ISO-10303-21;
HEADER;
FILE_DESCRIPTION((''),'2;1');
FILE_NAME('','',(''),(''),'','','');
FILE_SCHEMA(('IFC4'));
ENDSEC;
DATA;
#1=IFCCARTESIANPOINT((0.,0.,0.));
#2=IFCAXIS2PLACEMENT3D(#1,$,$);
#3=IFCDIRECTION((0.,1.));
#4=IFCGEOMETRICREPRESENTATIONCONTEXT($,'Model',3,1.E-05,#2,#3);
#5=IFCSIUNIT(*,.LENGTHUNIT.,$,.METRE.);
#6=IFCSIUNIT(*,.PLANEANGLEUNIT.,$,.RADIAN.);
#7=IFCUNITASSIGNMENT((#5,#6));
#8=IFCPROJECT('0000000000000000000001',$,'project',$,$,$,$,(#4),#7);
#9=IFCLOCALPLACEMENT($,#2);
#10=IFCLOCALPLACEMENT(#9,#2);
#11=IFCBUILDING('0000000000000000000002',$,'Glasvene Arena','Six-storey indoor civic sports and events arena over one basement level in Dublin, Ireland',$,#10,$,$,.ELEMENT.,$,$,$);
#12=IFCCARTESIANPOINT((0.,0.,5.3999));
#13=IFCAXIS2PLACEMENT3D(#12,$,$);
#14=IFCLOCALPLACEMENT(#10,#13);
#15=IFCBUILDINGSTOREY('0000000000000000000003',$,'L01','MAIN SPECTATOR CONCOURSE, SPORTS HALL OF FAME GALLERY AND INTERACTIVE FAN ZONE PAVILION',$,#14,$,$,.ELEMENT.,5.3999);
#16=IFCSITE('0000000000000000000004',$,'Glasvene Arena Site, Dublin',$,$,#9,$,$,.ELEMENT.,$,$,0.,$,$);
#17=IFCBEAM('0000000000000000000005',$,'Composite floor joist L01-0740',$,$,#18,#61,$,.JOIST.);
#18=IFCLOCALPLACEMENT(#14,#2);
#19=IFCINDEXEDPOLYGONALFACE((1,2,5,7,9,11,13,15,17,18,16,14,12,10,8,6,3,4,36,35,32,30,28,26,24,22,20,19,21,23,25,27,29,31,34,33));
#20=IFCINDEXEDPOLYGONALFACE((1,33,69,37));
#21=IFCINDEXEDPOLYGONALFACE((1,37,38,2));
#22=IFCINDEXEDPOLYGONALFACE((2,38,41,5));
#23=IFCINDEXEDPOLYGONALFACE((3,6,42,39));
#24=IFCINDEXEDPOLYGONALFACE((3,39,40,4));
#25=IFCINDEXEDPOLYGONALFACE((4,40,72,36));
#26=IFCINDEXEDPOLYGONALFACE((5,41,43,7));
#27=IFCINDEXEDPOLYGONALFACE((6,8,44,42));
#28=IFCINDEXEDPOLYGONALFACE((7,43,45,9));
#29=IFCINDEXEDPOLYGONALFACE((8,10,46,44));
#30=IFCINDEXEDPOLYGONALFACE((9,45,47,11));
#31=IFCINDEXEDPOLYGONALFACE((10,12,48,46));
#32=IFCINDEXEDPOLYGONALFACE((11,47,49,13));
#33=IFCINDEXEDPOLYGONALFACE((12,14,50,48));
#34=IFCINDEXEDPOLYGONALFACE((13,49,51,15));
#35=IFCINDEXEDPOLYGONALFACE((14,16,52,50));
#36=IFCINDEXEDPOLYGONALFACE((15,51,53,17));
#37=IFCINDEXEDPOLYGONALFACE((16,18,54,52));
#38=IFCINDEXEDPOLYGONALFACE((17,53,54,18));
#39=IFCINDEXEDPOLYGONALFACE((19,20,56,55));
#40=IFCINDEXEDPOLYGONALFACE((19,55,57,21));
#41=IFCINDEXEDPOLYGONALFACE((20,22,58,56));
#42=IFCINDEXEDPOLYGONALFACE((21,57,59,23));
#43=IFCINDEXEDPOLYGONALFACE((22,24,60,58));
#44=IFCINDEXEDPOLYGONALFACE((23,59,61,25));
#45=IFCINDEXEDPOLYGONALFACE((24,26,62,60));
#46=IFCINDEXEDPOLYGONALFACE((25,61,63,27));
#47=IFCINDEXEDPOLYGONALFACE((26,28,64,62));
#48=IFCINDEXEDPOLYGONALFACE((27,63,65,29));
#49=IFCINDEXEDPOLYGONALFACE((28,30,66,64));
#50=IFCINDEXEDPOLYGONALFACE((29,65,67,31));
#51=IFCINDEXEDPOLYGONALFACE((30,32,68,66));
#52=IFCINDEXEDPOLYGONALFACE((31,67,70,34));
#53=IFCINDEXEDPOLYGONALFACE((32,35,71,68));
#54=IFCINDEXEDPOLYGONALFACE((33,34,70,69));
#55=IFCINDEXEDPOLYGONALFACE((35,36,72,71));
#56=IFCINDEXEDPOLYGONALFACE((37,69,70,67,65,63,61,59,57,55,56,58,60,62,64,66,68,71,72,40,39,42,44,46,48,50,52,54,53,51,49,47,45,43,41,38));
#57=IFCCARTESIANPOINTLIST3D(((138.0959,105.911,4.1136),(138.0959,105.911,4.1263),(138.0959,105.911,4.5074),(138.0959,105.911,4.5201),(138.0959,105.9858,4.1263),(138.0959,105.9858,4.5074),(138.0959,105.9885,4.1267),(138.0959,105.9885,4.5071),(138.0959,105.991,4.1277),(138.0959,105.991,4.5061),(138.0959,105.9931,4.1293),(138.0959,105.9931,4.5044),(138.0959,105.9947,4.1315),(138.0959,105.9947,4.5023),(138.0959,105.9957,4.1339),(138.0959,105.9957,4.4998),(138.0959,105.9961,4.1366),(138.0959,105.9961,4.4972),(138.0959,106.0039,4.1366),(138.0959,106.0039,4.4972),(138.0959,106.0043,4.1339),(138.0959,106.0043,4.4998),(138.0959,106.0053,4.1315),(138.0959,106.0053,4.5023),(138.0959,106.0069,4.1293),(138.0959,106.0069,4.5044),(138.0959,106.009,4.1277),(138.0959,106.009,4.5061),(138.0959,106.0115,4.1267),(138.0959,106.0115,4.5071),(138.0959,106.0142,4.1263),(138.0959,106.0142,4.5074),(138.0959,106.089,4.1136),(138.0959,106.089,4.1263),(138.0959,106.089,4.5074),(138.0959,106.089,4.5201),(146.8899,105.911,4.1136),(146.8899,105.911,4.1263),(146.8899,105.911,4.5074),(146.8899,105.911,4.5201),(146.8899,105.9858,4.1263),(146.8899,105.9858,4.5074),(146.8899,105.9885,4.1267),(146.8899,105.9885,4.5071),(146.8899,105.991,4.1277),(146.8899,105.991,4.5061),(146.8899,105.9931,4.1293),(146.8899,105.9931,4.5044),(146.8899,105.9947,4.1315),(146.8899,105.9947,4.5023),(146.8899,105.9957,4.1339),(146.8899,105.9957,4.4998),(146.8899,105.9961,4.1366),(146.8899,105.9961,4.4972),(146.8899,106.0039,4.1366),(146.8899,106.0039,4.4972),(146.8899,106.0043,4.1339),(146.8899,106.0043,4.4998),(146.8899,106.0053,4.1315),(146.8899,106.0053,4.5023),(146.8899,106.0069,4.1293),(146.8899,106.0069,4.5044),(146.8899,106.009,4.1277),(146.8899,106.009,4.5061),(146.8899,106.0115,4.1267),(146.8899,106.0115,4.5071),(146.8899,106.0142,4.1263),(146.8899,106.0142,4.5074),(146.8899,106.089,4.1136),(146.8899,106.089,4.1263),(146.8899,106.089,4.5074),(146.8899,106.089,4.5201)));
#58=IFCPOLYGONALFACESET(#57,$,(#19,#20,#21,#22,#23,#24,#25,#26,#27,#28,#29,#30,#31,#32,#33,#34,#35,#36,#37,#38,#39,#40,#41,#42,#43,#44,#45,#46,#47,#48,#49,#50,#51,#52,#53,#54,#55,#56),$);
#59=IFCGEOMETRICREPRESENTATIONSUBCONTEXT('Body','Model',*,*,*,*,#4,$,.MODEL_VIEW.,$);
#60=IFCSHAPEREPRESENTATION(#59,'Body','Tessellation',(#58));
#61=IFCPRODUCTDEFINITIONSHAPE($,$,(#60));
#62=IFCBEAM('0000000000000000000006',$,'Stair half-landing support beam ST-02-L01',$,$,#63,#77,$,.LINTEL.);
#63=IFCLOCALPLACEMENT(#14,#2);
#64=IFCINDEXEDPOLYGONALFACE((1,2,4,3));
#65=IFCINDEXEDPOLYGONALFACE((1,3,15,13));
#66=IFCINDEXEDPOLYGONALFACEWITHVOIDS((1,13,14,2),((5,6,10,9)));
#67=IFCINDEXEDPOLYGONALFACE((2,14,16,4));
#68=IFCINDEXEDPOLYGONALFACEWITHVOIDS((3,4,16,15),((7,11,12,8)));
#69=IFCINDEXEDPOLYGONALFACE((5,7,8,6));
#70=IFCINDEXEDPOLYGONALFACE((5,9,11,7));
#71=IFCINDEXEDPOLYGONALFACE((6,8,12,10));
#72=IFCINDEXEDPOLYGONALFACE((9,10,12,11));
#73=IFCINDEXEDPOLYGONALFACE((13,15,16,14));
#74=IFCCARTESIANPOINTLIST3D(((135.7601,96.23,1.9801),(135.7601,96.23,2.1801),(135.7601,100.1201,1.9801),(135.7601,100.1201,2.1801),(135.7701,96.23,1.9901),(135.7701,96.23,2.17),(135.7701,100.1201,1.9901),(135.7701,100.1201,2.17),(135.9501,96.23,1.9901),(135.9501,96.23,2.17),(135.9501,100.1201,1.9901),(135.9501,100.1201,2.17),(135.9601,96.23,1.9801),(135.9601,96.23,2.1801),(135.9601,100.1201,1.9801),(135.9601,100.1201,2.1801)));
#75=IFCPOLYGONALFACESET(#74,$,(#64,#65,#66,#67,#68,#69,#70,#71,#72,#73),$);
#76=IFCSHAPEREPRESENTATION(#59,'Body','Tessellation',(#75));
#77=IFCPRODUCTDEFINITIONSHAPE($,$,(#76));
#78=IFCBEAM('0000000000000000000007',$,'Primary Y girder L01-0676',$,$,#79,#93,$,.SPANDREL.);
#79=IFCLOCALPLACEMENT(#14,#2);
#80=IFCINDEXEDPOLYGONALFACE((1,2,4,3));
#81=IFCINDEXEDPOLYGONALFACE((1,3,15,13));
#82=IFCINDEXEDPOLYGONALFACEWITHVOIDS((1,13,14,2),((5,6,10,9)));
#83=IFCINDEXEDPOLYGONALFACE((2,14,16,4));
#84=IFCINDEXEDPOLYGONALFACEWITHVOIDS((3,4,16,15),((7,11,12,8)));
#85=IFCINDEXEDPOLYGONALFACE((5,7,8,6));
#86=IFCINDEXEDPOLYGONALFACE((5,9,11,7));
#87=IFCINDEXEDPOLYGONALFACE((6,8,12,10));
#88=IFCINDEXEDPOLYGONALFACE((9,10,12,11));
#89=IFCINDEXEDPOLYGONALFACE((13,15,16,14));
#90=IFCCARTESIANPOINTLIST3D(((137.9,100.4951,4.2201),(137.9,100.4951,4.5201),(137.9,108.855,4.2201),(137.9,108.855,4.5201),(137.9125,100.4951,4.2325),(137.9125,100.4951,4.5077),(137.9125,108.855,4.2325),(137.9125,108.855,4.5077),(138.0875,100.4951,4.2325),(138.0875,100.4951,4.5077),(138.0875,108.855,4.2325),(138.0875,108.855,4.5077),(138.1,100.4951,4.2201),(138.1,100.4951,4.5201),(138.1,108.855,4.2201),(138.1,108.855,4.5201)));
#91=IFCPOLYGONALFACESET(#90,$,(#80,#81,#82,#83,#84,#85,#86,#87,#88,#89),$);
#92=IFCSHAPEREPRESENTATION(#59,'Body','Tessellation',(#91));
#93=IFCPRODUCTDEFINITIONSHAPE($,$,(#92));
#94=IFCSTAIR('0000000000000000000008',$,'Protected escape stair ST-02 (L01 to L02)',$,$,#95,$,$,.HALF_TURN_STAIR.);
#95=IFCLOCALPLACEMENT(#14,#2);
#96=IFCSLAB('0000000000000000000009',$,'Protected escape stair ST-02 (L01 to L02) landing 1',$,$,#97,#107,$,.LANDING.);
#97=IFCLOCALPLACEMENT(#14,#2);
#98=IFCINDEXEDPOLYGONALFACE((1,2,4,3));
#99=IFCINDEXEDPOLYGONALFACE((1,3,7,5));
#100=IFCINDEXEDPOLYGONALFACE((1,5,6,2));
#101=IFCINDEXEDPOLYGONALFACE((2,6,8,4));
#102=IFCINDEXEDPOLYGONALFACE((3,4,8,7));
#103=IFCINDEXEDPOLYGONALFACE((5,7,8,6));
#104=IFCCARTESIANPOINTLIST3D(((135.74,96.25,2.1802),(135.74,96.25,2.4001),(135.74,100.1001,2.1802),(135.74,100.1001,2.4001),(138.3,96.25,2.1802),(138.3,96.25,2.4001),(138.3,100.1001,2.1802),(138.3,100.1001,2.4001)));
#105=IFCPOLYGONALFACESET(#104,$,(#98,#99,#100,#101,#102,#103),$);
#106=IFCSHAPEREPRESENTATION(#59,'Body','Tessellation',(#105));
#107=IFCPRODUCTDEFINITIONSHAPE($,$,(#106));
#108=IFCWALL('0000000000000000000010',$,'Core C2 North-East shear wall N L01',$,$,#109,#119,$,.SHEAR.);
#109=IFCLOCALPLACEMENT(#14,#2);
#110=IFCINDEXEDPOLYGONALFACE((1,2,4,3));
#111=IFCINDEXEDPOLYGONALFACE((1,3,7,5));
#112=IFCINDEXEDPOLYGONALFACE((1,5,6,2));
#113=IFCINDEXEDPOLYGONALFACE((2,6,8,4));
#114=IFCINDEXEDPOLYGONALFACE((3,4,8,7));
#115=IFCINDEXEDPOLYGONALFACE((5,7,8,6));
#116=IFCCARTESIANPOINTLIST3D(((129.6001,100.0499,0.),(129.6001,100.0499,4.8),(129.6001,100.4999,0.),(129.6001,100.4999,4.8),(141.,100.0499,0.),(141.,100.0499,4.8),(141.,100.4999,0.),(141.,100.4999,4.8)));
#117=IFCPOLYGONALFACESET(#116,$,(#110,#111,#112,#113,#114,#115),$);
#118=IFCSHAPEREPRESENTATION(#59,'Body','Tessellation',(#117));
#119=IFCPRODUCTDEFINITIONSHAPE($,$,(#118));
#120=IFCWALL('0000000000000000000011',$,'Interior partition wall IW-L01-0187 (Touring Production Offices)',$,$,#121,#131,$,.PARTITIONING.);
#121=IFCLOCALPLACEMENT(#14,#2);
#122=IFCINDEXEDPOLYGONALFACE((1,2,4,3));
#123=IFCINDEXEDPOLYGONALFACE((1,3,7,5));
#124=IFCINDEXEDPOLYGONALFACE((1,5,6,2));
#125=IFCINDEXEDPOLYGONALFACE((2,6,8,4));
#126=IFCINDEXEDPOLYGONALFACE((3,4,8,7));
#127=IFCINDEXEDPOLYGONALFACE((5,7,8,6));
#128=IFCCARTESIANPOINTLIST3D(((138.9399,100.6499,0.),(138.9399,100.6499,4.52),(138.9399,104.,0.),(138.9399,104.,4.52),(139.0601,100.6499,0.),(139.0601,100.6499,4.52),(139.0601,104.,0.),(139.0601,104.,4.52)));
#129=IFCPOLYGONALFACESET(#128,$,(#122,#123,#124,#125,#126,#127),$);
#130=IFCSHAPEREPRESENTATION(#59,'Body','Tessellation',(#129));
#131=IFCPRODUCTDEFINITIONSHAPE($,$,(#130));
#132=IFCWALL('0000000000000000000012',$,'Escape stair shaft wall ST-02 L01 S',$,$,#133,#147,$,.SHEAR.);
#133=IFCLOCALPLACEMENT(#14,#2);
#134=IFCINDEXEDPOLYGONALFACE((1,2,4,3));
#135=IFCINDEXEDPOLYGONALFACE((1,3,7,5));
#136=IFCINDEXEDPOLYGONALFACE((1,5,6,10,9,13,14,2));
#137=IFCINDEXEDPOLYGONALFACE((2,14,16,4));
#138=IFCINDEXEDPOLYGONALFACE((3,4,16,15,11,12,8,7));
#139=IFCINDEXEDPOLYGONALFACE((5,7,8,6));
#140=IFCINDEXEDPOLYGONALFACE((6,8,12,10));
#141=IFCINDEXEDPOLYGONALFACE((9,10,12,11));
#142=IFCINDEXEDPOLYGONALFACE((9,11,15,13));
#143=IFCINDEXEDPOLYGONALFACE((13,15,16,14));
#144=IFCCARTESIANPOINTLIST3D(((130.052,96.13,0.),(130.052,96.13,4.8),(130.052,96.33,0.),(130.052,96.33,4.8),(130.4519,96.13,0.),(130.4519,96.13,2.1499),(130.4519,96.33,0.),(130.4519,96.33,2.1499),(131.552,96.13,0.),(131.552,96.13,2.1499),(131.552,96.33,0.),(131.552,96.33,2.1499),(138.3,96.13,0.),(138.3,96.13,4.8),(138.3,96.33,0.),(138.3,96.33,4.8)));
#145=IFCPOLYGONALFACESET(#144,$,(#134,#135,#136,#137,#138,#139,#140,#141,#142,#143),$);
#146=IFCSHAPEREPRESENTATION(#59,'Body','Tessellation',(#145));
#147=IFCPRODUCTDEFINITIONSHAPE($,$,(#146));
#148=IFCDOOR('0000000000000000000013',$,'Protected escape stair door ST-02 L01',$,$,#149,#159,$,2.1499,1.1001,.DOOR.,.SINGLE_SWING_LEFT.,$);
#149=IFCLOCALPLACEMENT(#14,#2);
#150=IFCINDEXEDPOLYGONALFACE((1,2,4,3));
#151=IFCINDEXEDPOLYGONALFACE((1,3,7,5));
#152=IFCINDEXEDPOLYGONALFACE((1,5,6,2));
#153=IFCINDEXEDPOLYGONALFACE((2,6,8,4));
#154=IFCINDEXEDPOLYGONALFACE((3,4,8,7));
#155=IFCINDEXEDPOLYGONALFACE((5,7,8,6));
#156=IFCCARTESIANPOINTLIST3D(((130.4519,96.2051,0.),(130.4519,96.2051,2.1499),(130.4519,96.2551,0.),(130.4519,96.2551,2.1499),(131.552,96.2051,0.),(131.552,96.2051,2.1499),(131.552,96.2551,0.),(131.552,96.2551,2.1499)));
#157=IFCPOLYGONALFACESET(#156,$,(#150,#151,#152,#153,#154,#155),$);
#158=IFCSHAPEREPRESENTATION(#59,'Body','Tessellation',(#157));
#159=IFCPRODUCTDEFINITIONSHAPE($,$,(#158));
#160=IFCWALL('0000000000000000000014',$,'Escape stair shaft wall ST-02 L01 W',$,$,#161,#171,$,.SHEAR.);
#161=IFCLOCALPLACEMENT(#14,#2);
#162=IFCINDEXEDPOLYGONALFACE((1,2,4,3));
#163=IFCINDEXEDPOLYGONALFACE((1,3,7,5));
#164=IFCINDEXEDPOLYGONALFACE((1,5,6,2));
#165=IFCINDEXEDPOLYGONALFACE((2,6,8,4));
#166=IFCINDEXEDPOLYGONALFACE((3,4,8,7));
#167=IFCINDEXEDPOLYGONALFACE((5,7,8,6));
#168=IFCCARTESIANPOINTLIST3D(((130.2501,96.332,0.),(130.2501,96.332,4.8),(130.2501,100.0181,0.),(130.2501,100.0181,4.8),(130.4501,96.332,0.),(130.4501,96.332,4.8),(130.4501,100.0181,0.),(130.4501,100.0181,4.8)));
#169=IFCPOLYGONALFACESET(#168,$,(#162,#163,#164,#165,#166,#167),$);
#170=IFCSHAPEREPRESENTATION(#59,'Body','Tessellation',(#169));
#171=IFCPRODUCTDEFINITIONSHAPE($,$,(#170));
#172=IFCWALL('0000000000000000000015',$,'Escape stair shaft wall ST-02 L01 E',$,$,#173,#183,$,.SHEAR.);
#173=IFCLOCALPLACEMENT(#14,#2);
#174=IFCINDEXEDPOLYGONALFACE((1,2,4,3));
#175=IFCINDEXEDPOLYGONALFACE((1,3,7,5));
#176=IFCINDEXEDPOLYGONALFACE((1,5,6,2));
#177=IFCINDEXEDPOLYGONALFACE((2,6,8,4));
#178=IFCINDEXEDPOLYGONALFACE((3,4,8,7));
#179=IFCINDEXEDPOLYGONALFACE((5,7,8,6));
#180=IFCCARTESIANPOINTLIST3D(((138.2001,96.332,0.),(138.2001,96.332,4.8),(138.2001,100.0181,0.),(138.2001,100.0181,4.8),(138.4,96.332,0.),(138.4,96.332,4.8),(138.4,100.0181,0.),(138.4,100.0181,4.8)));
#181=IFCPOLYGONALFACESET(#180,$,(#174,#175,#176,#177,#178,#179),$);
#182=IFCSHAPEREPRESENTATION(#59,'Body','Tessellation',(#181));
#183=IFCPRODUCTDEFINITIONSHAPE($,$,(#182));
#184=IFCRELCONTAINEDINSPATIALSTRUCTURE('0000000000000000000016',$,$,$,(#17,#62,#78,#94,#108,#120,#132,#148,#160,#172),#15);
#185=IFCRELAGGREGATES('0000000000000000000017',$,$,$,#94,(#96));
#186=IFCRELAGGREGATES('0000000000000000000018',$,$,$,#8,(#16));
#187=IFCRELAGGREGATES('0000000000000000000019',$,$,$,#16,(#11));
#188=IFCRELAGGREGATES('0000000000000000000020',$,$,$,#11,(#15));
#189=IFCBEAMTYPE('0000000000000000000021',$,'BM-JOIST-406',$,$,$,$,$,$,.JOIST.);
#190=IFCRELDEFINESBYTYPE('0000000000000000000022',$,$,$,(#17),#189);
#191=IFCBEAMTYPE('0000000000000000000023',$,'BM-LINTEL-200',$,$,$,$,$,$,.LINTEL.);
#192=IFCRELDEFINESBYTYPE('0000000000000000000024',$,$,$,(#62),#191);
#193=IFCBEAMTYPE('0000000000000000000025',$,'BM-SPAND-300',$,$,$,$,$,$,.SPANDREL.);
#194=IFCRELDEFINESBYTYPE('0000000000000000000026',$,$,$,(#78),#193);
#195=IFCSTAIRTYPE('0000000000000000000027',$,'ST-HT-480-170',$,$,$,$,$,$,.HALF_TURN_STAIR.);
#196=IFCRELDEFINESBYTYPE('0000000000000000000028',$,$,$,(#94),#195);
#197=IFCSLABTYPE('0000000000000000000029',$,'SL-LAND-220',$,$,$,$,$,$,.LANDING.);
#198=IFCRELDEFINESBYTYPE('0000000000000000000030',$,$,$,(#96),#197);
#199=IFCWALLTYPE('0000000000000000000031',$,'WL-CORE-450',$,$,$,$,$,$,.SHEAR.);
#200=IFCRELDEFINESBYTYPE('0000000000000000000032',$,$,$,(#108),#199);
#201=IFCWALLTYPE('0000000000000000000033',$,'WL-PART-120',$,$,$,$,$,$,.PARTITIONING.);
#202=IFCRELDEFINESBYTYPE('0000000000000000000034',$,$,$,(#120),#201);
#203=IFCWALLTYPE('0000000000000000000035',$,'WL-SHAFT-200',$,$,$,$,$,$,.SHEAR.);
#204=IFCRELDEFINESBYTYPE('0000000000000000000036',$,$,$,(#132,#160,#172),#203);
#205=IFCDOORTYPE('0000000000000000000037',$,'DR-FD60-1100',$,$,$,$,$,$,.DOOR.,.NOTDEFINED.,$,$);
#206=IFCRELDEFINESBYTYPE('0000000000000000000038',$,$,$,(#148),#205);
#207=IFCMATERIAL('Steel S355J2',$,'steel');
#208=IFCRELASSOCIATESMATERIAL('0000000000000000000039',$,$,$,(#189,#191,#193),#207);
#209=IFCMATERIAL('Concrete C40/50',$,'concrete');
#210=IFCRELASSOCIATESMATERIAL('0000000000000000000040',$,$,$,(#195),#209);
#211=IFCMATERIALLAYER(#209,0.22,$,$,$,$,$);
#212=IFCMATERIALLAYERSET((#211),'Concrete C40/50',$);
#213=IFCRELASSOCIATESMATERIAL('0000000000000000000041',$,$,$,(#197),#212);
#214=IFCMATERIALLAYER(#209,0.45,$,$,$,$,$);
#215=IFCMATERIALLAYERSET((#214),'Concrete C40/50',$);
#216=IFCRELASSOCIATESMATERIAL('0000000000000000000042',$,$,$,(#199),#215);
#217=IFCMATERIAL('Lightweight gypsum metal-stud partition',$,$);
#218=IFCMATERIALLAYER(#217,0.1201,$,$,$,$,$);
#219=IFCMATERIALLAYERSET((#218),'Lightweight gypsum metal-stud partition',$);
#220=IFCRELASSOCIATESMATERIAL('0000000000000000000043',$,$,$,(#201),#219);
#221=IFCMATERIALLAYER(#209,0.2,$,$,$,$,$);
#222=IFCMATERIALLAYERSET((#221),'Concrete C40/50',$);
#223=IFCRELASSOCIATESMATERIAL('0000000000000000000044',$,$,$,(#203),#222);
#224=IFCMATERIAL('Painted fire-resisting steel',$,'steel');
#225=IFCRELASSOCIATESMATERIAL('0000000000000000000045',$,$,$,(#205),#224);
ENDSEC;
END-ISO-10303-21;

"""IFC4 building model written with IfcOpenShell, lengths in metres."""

from ifc_helpers import new_model, si_unit, direction, frame, frame_2d, origin, origin_2d, place, context, subcontext, project, spatial, polyline, rectangle, hollow_rectangle, i_section, outline, extrude, material, layer, layer_set, material_profile, profile_set, type_object, element, fill, aggregate, save


model = new_model("IFC4")

# Units and contexts
model_context = context("Model", 3, precision=1e-05, world=origin(), true_north=direction((0.0, 1.0)))
body_context = subcontext(model_context, "Body", "Model", "MODEL_VIEW")
ifc_project = project(units=[si_unit("LENGTHUNIT", "METRE"), si_unit("PLANEANGLEUNIT", "RADIAN")], contexts=[model_context])

# Site, building, storey
site_placement = place(None, origin())
site = spatial("IfcSite", under=ifc_project, at=site_placement, Name="Glasvene Arena Site, Dublin", CompositionType="ELEMENT", RefElevation=0.0)
building_placement = place(site_placement, origin())
building = spatial("IfcBuilding", under=site, at=building_placement, Name="Glasvene Arena", Description="Six-storey indoor civic sports and events arena over one basement level in Dublin, Ireland", CompositionType="ELEMENT")
storey_placement = place(building_placement, frame((0.0, 0.0, 5.3999)))
storey = spatial("IfcBuildingStorey", under=building, at=storey_placement, Name="L01", Description="MAIN SPECTATOR CONCOURSE, SPORTS HALL OF FAME GALLERY AND INTERACTIVE FAN ZONE PAVILION", CompositionType="ELEMENT", Elevation=5.3999)

# Shared definitions
ifc_material_1 = material(Name="Concrete C40/50", Category="concrete")
ifc_material_2 = material(Name="Steel S355J2", Category="steel")

# Beams
ifc_material_profile_1 = material_profile(ifc_material_2, i_section(OverallWidth=0.178, OverallDepth=0.4065, WebThickness=0.0078, FlangeThickness=0.0127, FilletRadius=0.0103, at=origin_2d()), Name="UKB 406x178x60")
ifc_profile_set_1 = profile_set([ifc_material_profile_1], Name="Steel S355J2")
beam_type_1 = type_object("IfcBeamType", Name="BM-JOIST-406", PredefinedType="JOIST", material=ifc_profile_set_1)
for number, where, z_axis, x_axis, name in (
    (1, (138.0959, 106.0, 4.3169), (1.0, 0.0, 0.0), (0.0, 1.0, 0.0), "Composite floor joist L01-0740"),
):
    element("IfcBeam", number, at=place(storey_placement, frame(where, z_axis=z_axis, x_axis=x_axis)), inside=storey, type_object=beam_type_1, Name=name, PredefinedType="JOIST", context=body_context, shape_type="SweptSolid", body=[
        extrude(i_section(OverallWidth=0.178, OverallDepth=0.4065, WebThickness=0.0078, FlangeThickness=0.0127, FilletRadius=0.0103, at=origin_2d()), origin(), (0.0, 0.0, 1.0), 8.7939),
    ])
ifc_material_profile_2 = material_profile(ifc_material_2, hollow_rectangle(XDim=0.2, YDim=0.2, WallThickness=0.01, at=origin_2d()), Name="SHS 200x200x10.0")
ifc_profile_set_2 = profile_set([ifc_material_profile_2], Name="Steel S355J2")
beam_type_2 = type_object("IfcBeamType", Name="BM-LINTEL-200", PredefinedType="LINTEL", material=ifc_profile_set_2)
beam_1_placement = place(storey_placement, frame((135.8601, 96.23, 2.0801), z_axis=(0.0, 1.0, 0.0), x_axis=(-1.0, 0.0, 0.0)))
element("IfcBeam", 2, at=beam_1_placement, inside=storey, type_object=beam_type_2, Name="Stair half-landing support beam ST-02-L01", PredefinedType="LINTEL", context=body_context, shape_type="SweptSolid", body=[
    extrude(hollow_rectangle(XDim=0.2, YDim=0.2, WallThickness=0.01, at=origin_2d()), origin(), (0.0, 0.0, 1.0), 3.8901),
])
ifc_material_profile_3 = material_profile(ifc_material_2, hollow_rectangle(XDim=0.2, YDim=0.3, WallThickness=0.0125, at=origin_2d()), Name="RHS 300x200x12.5")
ifc_profile_set_3 = profile_set([ifc_material_profile_3], Name="Steel S355J2")
beam_type_3 = type_object("IfcBeamType", Name="BM-SPAND-300", PredefinedType="SPANDREL", material=ifc_profile_set_3)
beam_2_placement = place(storey_placement, frame((138.0, 100.4951, 4.3701), z_axis=(0.0, 1.0, 0.0), x_axis=(-1.0, 0.0, 0.0)))
element("IfcBeam", 3, at=beam_2_placement, inside=storey, type_object=beam_type_3, Name="Primary Y girder L01-0676", PredefinedType="SPANDREL", context=body_context, shape_type="SweptSolid", body=[
    extrude(hollow_rectangle(XDim=0.2, YDim=0.3, WallThickness=0.0125, at=origin_2d()), origin(), (0.0, 0.0, 1.0), 8.3599),
])

# Stair, slab
stair_type = type_object("IfcStairType", Name="ST-HT-480-170", PredefinedType="HALF_TURN_STAIR", material=ifc_material_1)
stair_placement = place(storey_placement, origin())
stair = element("IfcStair", 4, at=stair_placement, inside=storey, type_object=stair_type, Name="Protected escape stair ST-02 (L01 to L02)", PredefinedType="HALF_TURN_STAIR")
ifc_layer_1 = layer(ifc_material_1, 0.22)
ifc_layer_set_1 = layer_set([ifc_layer_1], Name="Concrete C40/50")
slab_type = type_object("IfcSlabType", Name="SL-LAND-220", PredefinedType="LANDING", material=ifc_layer_set_1)
slab_placement = place(storey_placement, frame((137.02, 98.175, 2.1802)))
slab = element("IfcSlab", 5, at=slab_placement, type_object=slab_type, Name="Protected escape stair ST-02 (L01 to L02) landing 1", PredefinedType="LANDING", context=body_context, shape_type="SweptSolid", body=[
    extrude(outline(polyline([(-1.28, -1.925), (1.28, -1.925), (1.28, 1.925), (-1.28, 1.925), (-1.28, -1.925)])), origin(), (0.0, 0.0, 1.0), 0.22),
])

# Walls
ifc_layer_2 = layer(ifc_material_1, 0.45)
ifc_layer_set_2 = layer_set([ifc_layer_2], Name="Concrete C40/50")
wall_type_1 = type_object("IfcWallType", Name="WL-CORE-450", PredefinedType="SHEAR", material=ifc_layer_set_2)
wall_1_placement = place(storey_placement, frame((129.6001, 100.2749, 0.0), z_axis=(0.0, 0.0, 1.0), x_axis=(1.0, 0.0, 0.0)))
element("IfcWall", 6, at=wall_1_placement, inside=storey, type_object=wall_type_1, Name="Core C2 North-East shear wall N L01", PredefinedType="SHEAR", context=body_context, shape_type="SweptSolid", body=[
    extrude(rectangle(XDim=11.3999, YDim=0.45, at=frame_2d((5.7, 0.0))), origin(), (0.0, 0.0, 1.0), 4.8),
])
ifc_material_3 = material(Name="Lightweight gypsum metal-stud partition")
ifc_layer_3 = layer(ifc_material_3, 0.1201)
ifc_layer_set_3 = layer_set([ifc_layer_3], Name="Lightweight gypsum metal-stud partition")
wall_type_2 = type_object("IfcWallType", Name="WL-PART-120", PredefinedType="PARTITIONING", material=ifc_layer_set_3)
wall_2_placement = place(storey_placement, frame((139.0, 100.6499, 0.0), z_axis=(0.0, 0.0, 1.0), x_axis=(0.0, 1.0, 0.0)))
element("IfcWall", 7, at=wall_2_placement, inside=storey, type_object=wall_type_2, Name="Interior partition wall IW-L01-0187 (Touring Production Offices)", PredefinedType="PARTITIONING", context=body_context, shape_type="SweptSolid", body=[
    extrude(rectangle(XDim=3.3501, YDim=0.1201, at=frame_2d((1.675, 0.0))), origin(), (0.0, 0.0, 1.0), 4.52),
])

# Wall, opening, door
ifc_layer_4 = layer(ifc_material_1, 0.2)
ifc_layer_set_4 = layer_set([ifc_layer_4], Name="Concrete C40/50")
wall_type_3 = type_object("IfcWallType", Name="WL-SHAFT-200", PredefinedType="SHEAR", material=ifc_layer_set_4)
wall_3_placement = place(storey_placement, frame((130.052, 96.23, 0.0), z_axis=(0.0, 0.0, 1.0), x_axis=(1.0, 0.0, 0.0)))
wall_3 = element("IfcWall", 8, at=wall_3_placement, inside=storey, type_object=wall_type_3, Name="Escape stair shaft wall ST-02 L01 S", PredefinedType="SHEAR", context=body_context, shape_type="SweptSolid", body=[
    extrude(rectangle(XDim=8.248, YDim=0.2, at=frame_2d((4.124, 0.0))), origin(), (0.0, 0.0, 1.0), 4.8),
])
opening_placement = place(wall_3_placement, frame((0.3999, 0.0, 0.0)))
opening = element("IfcOpeningElement", 9, at=opening_placement, cuts=wall_3, PredefinedType="OPENING", context=body_context, shape_type="SweptSolid", body=[
    extrude(rectangle(XDim=1.1001, YDim=2.1499, at=frame_2d((0.55, 1.075))), frame((0.0, 0.1099, 0.0), z_axis=(0.0, -1.0, 0.0), x_axis=(1.0, 0.0, 0.0)), (0.0, 0.0, 1.0), 0.22),
])
ifc_material_4 = material(Name="Painted fire-resisting steel", Category="steel")
door_type = type_object("IfcDoorType", Name="DR-FD60-1100", OperationType="NOTDEFINED", PredefinedType="DOOR", material=ifc_material_4)
door_placement = place(opening_placement, frame((1.1001, 0.0, 0.0), z_axis=(0.0, 0.0, 1.0), x_axis=(-1.0, 0.0, 0.0)))
door = element("IfcDoor", 10, at=door_placement, inside=storey, type_object=door_type, Name="Protected escape stair door ST-02 L01", OperationType="SINGLE_SWING_LEFT", OverallHeight=2.1499, OverallWidth=1.1001, PredefinedType="DOOR", context=body_context, shape_type="SweptSolid", body=[
    extrude(rectangle(XDim=1.1001, YDim=2.1499, at=frame_2d((0.55, 1.075))), frame((0.0, 0.0249, 0.0), z_axis=(0.0, -1.0, 0.0), x_axis=(1.0, 0.0, 0.0)), (0.0, 0.0, 1.0), 0.05),
])
fill(opening, door)

# Walls
for number, where, z_axis, x_axis, name in (
    (11, (130.3501, 96.332, 0.0), (0.0, 0.0, 1.0), (0.0, 1.0, 0.0), "Escape stair shaft wall ST-02 L01 W"),
    (12, (138.3, 96.332, 0.0), (0.0, 0.0, 1.0), (0.0, 1.0, 0.0), "Escape stair shaft wall ST-02 L01 E"),
):
    element("IfcWall", number, at=place(storey_placement, frame(where, z_axis=z_axis, x_axis=x_axis)), inside=storey, type_object=wall_type_3, Name=name, PredefinedType="SHEAR", context=body_context, shape_type="SweptSolid", body=[
        extrude(rectangle(XDim=3.686, YDim=0.2, at=frame_2d((1.843, 0.0))), origin(), (0.0, 0.0, 1.0), 4.8),
    ])

aggregate(stair, [slab])

save(model, "model.ifc")
